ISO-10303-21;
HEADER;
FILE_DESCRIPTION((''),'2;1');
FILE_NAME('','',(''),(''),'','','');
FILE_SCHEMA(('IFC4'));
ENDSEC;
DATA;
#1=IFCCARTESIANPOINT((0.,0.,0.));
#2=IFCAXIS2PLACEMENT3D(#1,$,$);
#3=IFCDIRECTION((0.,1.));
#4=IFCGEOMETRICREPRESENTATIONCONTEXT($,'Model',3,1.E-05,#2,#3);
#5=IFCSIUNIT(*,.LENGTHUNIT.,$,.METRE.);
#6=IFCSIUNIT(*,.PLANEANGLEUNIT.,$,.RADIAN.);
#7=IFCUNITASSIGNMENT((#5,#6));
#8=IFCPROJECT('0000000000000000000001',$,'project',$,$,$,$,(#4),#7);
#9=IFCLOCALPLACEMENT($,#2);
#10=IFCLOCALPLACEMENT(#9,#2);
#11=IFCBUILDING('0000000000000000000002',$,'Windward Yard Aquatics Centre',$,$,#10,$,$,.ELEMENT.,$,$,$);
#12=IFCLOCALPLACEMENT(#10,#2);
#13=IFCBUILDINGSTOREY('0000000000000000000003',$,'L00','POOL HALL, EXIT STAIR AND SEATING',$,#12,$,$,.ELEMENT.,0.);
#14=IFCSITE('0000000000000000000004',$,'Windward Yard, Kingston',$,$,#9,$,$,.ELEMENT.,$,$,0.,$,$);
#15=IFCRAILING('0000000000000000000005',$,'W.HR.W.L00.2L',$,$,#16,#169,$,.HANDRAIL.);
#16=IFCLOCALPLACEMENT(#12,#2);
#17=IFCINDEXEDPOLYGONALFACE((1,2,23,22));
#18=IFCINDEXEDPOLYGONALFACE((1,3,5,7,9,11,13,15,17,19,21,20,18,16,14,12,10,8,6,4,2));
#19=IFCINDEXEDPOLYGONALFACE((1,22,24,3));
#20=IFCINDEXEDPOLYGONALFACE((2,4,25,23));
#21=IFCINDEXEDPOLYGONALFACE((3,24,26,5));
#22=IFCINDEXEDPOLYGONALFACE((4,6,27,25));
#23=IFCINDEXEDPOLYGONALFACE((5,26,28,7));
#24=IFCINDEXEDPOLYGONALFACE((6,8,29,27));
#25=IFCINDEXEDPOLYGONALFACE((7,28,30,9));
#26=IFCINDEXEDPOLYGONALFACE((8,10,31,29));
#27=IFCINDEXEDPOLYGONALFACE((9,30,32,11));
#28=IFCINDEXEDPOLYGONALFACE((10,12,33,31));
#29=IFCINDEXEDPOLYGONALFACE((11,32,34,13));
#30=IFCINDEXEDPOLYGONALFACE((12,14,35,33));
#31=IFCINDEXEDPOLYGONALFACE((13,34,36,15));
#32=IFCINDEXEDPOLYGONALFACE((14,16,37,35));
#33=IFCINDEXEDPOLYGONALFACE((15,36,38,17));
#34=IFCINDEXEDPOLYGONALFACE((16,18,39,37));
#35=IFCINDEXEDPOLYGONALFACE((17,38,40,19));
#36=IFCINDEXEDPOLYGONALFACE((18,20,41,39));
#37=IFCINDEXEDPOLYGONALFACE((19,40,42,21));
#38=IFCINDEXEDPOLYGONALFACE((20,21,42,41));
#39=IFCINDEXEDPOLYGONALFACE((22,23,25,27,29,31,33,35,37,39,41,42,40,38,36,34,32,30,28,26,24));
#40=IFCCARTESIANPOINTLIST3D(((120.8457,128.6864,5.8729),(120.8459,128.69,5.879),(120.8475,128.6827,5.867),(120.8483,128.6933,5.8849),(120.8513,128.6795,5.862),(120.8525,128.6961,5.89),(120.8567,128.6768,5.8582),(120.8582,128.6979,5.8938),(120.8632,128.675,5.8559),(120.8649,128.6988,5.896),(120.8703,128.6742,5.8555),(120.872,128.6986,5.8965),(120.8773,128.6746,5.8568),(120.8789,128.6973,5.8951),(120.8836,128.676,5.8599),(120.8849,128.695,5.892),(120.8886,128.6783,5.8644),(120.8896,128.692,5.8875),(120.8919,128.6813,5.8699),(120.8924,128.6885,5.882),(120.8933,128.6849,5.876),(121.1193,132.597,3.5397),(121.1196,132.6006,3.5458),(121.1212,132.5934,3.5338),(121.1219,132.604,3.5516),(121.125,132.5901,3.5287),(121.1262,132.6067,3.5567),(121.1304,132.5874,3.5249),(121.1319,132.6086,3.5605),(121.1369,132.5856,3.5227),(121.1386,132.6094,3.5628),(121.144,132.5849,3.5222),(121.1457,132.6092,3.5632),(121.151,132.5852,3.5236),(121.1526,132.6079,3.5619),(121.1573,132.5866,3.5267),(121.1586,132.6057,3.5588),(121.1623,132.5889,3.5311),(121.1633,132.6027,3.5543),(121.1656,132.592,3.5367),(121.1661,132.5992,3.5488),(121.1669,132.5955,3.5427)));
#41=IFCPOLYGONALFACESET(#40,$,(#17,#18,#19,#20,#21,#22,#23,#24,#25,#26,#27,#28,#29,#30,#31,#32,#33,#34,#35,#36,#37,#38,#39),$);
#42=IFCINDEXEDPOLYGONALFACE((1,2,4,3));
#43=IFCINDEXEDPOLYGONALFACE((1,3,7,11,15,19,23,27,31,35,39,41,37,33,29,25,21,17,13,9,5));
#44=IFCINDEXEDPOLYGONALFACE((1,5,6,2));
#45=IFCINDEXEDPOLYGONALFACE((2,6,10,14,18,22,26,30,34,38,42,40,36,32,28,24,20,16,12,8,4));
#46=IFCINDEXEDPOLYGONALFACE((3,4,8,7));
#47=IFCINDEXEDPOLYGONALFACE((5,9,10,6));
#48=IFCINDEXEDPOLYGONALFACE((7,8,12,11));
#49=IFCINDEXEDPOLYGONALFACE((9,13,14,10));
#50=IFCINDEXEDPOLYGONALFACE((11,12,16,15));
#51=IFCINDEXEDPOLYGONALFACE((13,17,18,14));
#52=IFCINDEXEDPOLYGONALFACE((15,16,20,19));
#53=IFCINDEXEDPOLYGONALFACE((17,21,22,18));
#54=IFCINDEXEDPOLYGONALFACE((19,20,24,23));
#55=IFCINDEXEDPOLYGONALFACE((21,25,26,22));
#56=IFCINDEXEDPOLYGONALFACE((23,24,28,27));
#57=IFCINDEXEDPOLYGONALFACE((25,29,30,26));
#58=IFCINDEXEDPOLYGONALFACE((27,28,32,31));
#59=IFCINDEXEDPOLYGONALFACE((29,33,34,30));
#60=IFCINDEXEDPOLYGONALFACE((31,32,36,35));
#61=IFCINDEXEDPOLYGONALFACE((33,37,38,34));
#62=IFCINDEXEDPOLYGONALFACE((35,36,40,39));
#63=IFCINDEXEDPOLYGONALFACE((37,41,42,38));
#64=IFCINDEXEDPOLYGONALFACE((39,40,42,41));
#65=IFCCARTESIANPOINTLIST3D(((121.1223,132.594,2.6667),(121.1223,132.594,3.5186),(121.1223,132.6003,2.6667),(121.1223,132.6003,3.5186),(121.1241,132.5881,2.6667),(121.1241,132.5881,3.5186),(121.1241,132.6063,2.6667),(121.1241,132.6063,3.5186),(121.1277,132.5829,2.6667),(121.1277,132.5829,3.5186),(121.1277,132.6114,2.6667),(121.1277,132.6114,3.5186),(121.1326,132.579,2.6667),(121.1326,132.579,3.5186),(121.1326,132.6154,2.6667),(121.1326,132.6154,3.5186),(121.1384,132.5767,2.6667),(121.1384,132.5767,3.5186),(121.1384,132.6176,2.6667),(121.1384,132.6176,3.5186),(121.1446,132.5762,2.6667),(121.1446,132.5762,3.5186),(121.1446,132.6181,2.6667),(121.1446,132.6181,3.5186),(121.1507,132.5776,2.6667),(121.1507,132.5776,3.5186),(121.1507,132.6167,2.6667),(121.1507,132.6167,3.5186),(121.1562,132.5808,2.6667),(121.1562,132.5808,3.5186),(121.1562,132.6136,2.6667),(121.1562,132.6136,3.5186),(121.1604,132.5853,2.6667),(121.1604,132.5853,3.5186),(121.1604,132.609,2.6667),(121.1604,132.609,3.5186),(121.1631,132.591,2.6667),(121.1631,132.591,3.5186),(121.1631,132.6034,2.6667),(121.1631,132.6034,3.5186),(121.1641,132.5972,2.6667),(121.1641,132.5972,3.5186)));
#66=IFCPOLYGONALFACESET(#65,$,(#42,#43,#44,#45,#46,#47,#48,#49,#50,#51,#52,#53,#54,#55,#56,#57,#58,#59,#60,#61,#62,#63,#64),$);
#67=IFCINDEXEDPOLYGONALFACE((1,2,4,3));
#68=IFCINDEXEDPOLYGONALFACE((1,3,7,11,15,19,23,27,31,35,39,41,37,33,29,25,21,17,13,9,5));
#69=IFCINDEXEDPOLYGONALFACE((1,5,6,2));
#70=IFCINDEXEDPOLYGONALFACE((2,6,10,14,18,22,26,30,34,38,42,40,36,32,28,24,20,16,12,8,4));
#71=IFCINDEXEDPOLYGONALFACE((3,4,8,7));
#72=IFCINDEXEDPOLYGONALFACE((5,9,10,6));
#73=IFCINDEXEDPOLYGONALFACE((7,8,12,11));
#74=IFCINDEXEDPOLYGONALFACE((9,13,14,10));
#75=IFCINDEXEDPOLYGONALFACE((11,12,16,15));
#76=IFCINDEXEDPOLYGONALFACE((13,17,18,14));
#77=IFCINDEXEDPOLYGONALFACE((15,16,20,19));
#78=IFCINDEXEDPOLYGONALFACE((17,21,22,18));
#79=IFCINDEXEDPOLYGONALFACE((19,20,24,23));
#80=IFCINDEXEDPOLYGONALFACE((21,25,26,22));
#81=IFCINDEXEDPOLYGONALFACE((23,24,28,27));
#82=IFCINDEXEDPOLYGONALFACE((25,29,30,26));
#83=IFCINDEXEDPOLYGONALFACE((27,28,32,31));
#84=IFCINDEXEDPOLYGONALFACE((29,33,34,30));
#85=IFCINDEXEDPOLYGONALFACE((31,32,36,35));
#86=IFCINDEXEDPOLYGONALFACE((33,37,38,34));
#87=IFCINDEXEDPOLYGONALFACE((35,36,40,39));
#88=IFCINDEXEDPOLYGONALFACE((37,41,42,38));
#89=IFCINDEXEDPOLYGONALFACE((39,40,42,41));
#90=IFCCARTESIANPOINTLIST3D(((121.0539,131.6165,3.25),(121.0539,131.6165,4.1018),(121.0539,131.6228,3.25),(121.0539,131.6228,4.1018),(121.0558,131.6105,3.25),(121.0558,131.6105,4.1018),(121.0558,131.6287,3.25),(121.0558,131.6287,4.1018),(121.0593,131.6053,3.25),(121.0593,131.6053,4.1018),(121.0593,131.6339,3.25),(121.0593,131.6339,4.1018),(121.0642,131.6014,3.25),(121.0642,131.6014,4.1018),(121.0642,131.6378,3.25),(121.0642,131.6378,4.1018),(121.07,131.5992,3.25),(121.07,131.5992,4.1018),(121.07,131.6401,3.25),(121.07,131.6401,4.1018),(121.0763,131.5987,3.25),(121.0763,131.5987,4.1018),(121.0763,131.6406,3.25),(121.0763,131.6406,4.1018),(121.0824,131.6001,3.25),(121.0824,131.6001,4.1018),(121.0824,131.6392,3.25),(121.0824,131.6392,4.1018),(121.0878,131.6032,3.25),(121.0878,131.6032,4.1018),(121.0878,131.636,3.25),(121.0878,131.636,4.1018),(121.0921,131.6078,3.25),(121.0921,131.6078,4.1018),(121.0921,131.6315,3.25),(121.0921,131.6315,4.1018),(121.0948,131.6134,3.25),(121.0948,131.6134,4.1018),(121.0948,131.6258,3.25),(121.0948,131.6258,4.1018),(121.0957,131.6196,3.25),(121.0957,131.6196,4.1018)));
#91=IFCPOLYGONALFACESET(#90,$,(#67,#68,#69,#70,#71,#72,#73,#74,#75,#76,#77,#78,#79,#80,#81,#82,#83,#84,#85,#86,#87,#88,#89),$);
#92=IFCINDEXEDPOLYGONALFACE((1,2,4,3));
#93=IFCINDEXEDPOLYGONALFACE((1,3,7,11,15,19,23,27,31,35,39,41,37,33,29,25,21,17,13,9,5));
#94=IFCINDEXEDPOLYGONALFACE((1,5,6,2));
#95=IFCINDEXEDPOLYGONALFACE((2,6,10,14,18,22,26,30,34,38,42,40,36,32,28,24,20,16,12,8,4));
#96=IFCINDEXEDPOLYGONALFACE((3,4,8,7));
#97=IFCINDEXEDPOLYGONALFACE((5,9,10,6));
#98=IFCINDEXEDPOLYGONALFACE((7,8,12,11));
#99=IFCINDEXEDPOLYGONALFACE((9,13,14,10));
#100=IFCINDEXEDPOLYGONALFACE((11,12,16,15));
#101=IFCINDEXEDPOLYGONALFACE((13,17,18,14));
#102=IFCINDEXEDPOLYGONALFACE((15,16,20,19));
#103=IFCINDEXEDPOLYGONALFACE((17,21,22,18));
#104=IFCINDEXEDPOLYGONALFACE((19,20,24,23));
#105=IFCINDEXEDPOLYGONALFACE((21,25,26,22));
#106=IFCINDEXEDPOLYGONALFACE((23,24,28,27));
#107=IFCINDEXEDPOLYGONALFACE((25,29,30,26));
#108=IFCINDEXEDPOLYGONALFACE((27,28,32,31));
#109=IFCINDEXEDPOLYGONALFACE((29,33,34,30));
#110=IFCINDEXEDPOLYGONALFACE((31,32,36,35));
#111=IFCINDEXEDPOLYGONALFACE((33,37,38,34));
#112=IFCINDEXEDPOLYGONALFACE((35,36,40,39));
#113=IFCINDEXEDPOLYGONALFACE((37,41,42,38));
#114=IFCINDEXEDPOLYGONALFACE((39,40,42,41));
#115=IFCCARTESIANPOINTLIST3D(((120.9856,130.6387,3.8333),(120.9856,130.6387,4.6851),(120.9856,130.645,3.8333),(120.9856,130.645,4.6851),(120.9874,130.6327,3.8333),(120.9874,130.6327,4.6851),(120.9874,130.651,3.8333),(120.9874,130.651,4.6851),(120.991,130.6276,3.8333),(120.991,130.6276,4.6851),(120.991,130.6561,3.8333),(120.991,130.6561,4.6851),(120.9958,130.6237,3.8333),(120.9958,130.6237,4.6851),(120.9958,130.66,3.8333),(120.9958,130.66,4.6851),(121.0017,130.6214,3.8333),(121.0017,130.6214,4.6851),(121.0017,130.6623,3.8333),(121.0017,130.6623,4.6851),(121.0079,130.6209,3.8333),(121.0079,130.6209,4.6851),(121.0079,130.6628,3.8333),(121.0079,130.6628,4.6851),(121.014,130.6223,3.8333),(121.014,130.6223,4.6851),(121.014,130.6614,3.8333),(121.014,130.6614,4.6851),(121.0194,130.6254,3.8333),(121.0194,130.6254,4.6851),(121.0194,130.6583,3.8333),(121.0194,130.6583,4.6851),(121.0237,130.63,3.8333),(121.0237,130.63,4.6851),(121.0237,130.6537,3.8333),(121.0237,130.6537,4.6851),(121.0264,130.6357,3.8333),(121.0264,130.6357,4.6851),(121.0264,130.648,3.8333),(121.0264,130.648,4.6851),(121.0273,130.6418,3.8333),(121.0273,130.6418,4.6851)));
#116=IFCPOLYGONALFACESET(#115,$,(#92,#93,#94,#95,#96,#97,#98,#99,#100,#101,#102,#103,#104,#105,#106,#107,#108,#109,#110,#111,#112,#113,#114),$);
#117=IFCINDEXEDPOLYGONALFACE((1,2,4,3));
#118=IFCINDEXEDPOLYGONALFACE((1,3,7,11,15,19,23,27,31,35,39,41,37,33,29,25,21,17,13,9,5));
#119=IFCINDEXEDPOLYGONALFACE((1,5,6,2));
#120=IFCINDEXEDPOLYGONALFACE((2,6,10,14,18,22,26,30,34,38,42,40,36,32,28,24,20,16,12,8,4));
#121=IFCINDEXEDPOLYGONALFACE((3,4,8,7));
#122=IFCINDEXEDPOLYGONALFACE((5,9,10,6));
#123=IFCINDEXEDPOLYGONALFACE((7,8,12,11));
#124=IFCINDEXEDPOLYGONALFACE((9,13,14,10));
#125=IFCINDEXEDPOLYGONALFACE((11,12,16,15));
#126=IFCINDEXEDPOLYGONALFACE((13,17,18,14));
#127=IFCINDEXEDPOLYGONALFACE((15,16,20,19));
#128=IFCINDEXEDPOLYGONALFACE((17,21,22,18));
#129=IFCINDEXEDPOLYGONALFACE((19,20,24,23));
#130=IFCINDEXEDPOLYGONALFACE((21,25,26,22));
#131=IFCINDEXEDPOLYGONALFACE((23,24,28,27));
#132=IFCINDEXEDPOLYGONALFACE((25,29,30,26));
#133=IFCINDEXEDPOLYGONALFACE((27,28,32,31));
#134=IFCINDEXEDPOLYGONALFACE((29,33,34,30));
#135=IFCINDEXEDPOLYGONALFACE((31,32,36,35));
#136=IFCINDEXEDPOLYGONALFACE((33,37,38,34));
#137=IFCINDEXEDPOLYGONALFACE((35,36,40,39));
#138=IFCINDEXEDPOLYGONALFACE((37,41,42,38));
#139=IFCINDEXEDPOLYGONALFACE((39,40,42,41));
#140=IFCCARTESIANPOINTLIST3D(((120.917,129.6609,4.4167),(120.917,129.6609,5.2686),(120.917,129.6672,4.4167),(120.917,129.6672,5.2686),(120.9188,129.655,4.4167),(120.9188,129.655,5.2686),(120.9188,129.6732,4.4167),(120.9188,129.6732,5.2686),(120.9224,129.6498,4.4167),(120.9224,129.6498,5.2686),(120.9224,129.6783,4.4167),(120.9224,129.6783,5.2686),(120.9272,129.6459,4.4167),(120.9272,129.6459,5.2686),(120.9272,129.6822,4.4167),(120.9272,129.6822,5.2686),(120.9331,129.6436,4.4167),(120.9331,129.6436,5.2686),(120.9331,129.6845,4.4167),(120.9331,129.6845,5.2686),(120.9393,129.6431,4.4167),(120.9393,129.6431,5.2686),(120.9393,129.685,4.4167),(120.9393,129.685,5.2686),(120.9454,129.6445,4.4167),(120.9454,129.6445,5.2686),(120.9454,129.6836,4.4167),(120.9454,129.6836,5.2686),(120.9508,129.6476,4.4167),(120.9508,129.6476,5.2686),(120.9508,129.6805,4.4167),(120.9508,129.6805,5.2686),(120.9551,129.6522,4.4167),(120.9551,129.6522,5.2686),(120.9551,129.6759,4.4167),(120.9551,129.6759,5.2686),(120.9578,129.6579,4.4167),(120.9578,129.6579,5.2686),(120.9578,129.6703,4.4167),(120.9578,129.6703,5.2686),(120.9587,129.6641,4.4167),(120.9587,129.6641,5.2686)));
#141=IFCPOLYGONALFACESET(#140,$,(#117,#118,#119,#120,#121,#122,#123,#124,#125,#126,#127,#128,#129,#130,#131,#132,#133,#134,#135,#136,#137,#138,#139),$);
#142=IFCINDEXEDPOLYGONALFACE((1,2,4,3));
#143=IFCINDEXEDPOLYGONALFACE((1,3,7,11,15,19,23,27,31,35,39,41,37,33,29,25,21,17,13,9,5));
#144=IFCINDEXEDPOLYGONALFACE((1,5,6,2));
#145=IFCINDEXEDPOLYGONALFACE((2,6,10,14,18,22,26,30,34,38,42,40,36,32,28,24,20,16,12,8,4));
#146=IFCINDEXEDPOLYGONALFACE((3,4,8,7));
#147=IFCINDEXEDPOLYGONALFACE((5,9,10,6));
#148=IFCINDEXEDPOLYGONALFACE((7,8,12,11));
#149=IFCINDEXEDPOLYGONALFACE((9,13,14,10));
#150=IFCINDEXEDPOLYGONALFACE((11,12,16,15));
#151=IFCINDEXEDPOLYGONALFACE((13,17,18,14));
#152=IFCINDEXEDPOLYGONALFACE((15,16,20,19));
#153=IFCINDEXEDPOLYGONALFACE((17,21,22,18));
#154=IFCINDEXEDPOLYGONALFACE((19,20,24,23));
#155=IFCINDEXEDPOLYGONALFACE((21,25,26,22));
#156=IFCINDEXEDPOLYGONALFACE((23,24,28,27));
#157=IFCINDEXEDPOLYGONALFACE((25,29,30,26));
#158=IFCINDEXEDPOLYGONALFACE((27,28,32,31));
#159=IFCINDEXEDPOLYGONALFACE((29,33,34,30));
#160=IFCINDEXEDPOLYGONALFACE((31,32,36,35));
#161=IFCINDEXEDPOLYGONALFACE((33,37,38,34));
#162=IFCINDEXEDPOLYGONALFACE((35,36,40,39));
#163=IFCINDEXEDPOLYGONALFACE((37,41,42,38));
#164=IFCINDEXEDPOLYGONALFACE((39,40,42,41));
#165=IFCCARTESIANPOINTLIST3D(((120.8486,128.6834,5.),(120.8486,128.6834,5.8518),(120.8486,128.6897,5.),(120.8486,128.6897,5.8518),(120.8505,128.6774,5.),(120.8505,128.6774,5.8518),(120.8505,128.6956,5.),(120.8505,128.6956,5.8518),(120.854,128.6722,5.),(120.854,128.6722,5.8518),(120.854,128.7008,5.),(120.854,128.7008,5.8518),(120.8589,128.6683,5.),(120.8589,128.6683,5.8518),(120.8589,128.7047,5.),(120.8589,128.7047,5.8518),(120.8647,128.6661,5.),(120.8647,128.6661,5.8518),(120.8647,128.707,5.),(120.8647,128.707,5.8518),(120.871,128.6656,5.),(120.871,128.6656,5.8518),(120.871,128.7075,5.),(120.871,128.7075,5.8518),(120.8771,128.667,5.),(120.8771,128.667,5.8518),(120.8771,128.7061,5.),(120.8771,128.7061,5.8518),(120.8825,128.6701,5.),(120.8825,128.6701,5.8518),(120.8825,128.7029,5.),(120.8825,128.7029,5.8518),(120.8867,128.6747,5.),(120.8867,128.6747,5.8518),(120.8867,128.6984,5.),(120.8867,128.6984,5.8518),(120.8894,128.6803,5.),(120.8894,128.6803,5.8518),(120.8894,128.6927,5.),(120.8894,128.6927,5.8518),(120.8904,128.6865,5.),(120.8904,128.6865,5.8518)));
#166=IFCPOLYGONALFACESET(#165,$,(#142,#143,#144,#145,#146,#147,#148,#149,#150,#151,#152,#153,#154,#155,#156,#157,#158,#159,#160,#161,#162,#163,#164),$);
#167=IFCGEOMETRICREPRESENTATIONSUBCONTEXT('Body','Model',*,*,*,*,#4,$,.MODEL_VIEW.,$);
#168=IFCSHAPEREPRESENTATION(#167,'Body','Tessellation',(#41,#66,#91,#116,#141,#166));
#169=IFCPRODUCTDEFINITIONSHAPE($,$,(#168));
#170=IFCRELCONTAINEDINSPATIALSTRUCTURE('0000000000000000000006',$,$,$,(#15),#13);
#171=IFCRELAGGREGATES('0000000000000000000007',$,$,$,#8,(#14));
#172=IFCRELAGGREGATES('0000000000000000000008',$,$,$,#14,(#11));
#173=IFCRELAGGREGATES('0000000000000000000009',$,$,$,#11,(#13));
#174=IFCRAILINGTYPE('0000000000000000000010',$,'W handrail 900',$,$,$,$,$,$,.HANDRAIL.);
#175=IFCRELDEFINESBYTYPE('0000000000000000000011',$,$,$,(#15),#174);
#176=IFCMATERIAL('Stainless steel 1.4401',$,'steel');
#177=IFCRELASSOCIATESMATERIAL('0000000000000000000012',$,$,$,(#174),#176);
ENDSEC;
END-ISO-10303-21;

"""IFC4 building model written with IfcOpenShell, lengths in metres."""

from ifc_helpers import new_model, si_unit, direction, frame, origin, origin_2d, place, context, subcontext, project, spatial, circle, extrude, material, type_object, element, save


model = new_model("IFC4")

# Units and contexts
model_context = context("Model", 3, precision=1e-05, world=origin(), true_north=direction((0.0, 1.0)))
body_context = subcontext(model_context, "Body", "Model", "MODEL_VIEW")
ifc_project = project(units=[si_unit("LENGTHUNIT", "METRE"), si_unit("PLANEANGLEUNIT", "RADIAN")], contexts=[model_context])

# Site, building, storey
site_placement = place(None, origin())
site = spatial("IfcSite", under=ifc_project, at=site_placement, Name="Windward Yard, Kingston", CompositionType="ELEMENT", RefElevation=0.0)
building_placement = place(site_placement, origin())
building = spatial("IfcBuilding", under=site, at=building_placement, Name="Windward Yard Aquatics Centre", CompositionType="ELEMENT")
storey_placement = place(building_placement, origin())
storey = spatial("IfcBuildingStorey", under=building, at=storey_placement, Name="L00", Description="POOL HALL, EXIT STAIR AND SEATING", CompositionType="ELEMENT", Elevation=0.0)

# Railing
ifc_material_1 = material(Name="Stainless steel 1.4401", Category="steel")
railing_type = type_object("IfcRailingType", Name="W handrail 900", PredefinedType="HANDRAIL", material=ifc_material_1)
railing_1_placement = place(storey_placement, frame((121.1431, 132.5972, 2.6667)))
element("IfcRailing", 1, at=railing_1_placement, inside=storey, type_object=railing_type, Name="W.HR.W.L00.2L", PredefinedType="HANDRAIL", context=body_context, shape_type="SweptSolid", body=[
    extrude(circle(Radius=0.0239, at=origin_2d()), frame((0.0, 0.0, 0.876), z_axis=(-0.059991, -0.857216, 0.511451), x_axis=(0.99756, -0.069813, 0.0)), (0.0, 0.0, 1.0), 4.562),
    extrude(circle(Radius=0.021, at=origin_2d()), origin(), (0.0, 0.0, 1.0), 0.8518),
    extrude(circle(Radius=0.021, at=origin_2d()), frame((-0.0684, -0.9775, 0.5833)), (0.0, 0.0, 1.0), 0.8518),
    extrude(circle(Radius=0.021, at=origin_2d()), frame((-0.1367, -1.9553, 1.1665)), (0.0, 0.0, 1.0), 0.8518),
    extrude(circle(Radius=0.021, at=origin_2d()), frame((-0.2053, -2.9331, 1.75)), (0.0, 0.0, 1.0), 0.8518),
    extrude(circle(Radius=0.021, at=origin_2d()), frame((-0.2737, -3.9106, 2.3333)), (0.0, 0.0, 1.0), 0.8518),
])

save(model, "model.ifc")
